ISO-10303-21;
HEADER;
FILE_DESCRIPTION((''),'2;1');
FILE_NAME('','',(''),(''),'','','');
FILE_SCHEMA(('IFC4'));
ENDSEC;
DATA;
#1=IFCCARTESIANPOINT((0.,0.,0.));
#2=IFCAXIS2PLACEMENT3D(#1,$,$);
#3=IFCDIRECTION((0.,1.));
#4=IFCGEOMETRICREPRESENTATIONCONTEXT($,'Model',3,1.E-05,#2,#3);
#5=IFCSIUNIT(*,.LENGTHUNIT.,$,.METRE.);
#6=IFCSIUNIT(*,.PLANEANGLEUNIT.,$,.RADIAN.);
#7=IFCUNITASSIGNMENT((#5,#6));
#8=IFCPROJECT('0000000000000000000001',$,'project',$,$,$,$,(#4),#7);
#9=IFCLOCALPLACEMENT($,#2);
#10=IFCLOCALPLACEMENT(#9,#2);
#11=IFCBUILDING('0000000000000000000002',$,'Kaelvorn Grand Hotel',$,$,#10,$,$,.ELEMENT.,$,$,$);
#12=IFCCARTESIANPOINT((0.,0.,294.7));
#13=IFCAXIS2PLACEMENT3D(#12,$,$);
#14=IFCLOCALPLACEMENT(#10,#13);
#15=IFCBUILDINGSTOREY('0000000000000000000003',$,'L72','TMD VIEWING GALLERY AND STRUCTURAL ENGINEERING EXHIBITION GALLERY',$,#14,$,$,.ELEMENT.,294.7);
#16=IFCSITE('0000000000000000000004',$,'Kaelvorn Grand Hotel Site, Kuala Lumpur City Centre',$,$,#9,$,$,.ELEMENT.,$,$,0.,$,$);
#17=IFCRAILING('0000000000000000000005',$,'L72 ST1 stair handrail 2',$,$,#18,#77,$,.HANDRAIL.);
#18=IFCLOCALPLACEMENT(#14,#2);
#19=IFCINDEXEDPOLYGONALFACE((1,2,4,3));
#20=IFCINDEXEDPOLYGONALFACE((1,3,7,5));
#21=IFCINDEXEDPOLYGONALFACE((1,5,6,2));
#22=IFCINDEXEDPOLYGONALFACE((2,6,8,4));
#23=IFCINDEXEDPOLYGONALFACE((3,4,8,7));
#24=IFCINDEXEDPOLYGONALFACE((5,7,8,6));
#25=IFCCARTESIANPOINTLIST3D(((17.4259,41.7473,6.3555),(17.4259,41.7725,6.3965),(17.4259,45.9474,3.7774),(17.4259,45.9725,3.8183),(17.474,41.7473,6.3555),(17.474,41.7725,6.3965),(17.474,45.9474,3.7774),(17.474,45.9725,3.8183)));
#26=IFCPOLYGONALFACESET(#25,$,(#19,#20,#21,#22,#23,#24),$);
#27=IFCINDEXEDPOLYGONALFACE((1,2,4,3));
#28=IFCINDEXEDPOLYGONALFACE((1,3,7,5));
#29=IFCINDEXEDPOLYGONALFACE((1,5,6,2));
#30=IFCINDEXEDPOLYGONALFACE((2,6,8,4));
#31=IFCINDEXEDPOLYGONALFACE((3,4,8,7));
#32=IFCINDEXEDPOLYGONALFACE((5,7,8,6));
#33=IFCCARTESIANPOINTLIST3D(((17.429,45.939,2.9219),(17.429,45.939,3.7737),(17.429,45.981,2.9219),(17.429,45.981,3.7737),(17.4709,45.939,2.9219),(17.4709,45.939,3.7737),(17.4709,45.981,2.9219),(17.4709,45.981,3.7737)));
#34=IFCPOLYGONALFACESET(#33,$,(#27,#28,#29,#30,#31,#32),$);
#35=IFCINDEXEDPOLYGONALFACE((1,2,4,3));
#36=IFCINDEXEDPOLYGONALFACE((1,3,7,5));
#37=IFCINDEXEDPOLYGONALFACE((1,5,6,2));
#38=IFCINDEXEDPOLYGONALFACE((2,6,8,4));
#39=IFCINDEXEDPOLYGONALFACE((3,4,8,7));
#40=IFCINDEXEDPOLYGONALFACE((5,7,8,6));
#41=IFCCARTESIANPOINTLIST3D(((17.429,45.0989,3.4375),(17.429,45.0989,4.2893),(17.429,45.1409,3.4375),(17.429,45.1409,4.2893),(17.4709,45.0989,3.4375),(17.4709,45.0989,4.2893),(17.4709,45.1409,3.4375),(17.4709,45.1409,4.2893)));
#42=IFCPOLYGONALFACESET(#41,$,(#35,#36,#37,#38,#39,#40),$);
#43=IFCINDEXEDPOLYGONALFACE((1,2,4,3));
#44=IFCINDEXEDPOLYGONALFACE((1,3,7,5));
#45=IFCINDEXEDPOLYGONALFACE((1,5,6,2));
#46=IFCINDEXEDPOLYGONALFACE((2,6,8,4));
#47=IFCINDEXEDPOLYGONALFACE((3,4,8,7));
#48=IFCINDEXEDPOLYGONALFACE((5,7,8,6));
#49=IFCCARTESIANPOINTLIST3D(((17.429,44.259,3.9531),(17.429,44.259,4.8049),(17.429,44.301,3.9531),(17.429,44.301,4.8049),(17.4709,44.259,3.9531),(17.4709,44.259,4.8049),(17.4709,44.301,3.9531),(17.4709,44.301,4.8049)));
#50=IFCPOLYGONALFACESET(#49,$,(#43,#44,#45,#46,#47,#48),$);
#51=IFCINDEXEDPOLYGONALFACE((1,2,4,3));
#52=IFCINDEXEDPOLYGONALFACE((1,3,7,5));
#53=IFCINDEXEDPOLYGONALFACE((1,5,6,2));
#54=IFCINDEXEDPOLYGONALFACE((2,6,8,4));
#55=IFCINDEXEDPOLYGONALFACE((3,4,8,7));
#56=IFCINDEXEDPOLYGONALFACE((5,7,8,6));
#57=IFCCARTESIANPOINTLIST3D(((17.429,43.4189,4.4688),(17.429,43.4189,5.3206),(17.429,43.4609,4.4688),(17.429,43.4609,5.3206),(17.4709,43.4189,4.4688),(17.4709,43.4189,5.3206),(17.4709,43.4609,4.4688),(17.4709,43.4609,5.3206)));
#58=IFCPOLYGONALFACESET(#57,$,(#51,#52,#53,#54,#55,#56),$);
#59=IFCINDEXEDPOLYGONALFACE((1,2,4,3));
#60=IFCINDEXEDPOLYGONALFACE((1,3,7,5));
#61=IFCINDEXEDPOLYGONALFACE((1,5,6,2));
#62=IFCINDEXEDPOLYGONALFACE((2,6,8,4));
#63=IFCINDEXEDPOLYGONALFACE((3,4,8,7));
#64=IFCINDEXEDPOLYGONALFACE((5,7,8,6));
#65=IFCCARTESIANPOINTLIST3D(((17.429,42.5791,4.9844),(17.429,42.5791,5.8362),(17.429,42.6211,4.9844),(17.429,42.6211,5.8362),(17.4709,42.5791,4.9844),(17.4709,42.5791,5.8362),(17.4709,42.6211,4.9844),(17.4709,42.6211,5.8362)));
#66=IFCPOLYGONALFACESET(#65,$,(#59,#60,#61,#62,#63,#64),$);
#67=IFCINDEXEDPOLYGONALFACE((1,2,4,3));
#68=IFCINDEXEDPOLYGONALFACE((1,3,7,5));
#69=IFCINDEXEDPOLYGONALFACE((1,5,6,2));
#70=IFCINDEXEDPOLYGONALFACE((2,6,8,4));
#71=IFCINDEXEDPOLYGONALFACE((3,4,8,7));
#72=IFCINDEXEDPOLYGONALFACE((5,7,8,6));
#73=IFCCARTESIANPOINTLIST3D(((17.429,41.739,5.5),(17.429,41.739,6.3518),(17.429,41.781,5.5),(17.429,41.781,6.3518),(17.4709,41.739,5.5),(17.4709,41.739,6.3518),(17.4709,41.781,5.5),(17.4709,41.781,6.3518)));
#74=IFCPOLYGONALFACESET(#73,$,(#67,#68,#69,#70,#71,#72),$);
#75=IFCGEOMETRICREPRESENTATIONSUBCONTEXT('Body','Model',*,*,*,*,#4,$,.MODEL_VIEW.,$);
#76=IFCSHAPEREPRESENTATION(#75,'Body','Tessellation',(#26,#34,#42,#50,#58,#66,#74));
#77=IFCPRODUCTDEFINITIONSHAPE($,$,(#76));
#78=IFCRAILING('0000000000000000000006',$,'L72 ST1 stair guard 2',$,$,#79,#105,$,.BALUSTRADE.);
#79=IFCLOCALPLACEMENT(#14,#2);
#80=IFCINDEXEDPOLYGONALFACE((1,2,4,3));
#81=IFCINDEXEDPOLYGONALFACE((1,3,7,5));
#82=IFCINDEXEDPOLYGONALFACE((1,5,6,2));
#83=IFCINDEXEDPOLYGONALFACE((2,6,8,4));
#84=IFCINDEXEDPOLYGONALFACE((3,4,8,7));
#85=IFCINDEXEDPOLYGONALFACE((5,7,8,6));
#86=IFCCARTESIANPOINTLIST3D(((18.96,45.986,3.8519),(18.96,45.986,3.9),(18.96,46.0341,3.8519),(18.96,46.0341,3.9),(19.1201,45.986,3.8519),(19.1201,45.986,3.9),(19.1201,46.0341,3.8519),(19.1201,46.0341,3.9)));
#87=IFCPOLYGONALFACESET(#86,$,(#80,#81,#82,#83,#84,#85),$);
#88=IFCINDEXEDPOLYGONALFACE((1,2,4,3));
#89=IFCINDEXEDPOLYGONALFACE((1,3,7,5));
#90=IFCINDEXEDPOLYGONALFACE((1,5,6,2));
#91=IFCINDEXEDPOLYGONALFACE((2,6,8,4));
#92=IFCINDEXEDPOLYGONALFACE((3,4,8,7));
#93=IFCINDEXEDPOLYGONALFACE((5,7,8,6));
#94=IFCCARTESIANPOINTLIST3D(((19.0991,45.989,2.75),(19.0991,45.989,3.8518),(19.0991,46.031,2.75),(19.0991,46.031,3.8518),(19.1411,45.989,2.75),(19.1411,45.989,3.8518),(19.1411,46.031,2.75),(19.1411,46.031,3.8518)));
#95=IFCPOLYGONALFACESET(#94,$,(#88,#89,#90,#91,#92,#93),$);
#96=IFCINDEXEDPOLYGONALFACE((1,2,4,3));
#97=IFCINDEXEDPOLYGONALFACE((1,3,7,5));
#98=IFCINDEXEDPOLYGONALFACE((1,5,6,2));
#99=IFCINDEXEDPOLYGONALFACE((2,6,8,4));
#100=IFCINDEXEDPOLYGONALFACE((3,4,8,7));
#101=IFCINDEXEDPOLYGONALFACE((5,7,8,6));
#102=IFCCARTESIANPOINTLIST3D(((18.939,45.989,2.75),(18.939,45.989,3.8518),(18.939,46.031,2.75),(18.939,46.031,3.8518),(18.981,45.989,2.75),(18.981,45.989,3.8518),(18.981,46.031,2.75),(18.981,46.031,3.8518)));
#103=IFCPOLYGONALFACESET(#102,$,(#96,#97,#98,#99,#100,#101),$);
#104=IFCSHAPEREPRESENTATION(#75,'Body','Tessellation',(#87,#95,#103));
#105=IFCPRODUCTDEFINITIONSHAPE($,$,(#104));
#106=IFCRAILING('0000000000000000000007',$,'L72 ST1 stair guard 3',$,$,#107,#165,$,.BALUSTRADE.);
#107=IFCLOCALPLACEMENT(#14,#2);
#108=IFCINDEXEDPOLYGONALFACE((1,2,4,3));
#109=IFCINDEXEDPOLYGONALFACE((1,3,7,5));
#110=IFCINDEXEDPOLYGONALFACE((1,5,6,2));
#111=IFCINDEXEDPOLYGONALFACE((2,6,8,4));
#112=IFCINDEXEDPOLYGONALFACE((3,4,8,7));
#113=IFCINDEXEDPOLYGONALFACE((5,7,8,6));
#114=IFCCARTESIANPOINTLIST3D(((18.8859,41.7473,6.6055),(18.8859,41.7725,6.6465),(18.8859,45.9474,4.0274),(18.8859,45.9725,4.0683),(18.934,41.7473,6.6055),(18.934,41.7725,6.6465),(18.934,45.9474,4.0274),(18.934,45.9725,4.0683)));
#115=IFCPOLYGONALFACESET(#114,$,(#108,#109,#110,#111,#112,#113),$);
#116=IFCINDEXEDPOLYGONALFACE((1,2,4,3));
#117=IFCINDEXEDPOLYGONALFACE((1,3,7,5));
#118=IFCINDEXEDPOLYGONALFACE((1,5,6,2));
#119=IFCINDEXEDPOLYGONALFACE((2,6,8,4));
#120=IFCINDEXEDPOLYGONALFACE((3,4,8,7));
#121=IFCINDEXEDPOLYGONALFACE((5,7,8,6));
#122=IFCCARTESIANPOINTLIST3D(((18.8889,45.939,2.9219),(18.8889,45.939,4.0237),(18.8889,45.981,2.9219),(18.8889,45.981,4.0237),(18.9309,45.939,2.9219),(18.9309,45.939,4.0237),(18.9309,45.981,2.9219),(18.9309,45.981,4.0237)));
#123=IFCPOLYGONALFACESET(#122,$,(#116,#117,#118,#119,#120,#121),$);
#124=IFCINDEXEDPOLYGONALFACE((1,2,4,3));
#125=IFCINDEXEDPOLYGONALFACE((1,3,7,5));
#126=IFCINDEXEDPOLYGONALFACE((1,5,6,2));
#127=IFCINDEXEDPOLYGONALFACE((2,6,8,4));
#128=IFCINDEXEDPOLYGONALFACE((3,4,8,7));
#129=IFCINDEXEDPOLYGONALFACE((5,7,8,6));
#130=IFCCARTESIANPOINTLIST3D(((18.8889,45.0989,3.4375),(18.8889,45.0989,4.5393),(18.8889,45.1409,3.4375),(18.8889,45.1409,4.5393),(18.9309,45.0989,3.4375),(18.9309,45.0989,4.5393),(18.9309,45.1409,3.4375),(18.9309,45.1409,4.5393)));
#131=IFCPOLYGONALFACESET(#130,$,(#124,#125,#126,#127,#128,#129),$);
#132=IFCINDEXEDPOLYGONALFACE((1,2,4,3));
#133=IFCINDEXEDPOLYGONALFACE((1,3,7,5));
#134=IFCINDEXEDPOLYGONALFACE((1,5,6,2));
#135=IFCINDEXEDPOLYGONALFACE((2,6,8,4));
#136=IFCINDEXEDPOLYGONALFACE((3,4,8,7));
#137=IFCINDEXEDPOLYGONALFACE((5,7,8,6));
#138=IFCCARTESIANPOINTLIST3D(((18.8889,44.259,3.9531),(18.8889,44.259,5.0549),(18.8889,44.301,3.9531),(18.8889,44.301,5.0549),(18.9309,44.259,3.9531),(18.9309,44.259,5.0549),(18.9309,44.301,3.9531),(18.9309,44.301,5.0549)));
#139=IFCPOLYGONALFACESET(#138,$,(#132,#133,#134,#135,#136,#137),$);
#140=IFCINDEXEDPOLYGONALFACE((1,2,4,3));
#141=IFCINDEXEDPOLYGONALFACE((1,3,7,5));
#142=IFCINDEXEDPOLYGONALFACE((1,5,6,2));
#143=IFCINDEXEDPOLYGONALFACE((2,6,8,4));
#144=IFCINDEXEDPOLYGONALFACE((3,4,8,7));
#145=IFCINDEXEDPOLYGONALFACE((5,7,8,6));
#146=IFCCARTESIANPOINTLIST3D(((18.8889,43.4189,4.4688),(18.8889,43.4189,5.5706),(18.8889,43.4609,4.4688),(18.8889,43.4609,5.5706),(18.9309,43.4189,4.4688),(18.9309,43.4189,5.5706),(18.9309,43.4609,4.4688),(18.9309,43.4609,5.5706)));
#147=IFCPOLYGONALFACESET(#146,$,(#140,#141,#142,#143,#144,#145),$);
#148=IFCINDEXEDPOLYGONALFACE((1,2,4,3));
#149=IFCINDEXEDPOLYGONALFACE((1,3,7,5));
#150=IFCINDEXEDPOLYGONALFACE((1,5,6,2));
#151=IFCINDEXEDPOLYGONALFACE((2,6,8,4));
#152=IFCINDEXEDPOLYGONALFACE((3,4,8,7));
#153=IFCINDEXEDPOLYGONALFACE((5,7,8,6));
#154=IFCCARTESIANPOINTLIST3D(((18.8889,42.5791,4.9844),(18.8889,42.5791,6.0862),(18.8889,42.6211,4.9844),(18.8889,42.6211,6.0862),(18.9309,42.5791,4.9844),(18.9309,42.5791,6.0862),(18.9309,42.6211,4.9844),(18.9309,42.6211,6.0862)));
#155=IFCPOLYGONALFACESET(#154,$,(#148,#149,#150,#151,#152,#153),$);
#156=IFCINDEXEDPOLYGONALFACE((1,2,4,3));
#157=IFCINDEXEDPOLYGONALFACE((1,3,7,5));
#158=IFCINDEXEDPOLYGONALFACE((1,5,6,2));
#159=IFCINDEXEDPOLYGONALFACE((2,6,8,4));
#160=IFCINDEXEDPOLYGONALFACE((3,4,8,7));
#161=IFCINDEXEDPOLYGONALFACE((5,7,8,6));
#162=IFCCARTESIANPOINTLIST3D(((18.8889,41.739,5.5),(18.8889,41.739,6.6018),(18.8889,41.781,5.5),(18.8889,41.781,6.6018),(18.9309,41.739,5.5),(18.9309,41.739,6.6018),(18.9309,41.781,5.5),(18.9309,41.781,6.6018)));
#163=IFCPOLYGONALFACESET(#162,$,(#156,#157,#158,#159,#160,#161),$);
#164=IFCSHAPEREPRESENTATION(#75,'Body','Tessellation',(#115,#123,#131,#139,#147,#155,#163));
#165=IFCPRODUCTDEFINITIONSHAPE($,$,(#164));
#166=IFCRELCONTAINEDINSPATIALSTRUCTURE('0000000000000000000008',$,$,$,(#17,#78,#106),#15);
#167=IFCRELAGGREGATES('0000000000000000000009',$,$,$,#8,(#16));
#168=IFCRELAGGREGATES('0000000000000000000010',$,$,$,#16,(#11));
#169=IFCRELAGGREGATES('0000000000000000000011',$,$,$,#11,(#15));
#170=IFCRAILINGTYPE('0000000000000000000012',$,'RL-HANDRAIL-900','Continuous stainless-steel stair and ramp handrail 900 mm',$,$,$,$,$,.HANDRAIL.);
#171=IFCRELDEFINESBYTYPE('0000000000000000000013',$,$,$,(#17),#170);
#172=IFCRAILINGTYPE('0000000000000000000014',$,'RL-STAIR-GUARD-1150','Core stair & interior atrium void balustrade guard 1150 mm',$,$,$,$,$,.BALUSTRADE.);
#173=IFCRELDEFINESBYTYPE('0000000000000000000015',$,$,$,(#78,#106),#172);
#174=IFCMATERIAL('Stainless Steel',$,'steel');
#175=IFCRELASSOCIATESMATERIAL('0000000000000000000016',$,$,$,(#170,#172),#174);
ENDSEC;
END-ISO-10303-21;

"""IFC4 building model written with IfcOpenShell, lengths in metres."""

from ifc_helpers import new_model, si_unit, direction, frame, origin, origin_2d, place, context, subcontext, project, spatial, rectangle, extrude, material, type_object, element, save


model = new_model("IFC4")

# Units and contexts
model_context = context("Model", 3, precision=1e-05, world=origin(), true_north=direction((0.0, 1.0)))
body_context = subcontext(model_context, "Body", "Model", "MODEL_VIEW")
ifc_project = project(units=[si_unit("LENGTHUNIT", "METRE"), si_unit("PLANEANGLEUNIT", "RADIAN")], contexts=[model_context])

# Site, building, storey
site_placement = place(None, origin())
site = spatial("IfcSite", under=ifc_project, at=site_placement, Name="Kaelvorn Grand Hotel Site, Kuala Lumpur City Centre", CompositionType="ELEMENT", RefElevation=0.0)
building_placement = place(site_placement, origin())
building = spatial("IfcBuilding", under=site, at=building_placement, Name="Kaelvorn Grand Hotel", CompositionType="ELEMENT")
storey_placement = place(building_placement, frame((0.0, 0.0, 294.7)))
storey = spatial("IfcBuildingStorey", under=building, at=storey_placement, Name="L72", Description="TMD VIEWING GALLERY AND STRUCTURAL ENGINEERING EXHIBITION GALLERY", CompositionType="ELEMENT", Elevation=294.7)

# Railings
ifc_material_1 = material(Name="Stainless Steel", Category="steel")
railing_type_1 = type_object("IfcRailingType", Name="RL-HANDRAIL-900", Description="Continuous stainless-steel stair and ramp handrail 900 mm", PredefinedType="HANDRAIL", material=ifc_material_1)
railing_1_placement = place(storey_placement, frame((17.45, 45.96, 2.9219)))
element("IfcRailing", 1, at=railing_1_placement, inside=storey, type_object=railing_type_1, Name="L72 ST1 stair handrail 2", PredefinedType="HANDRAIL", context=body_context, shape_type="SweptSolid", body=[
    extrude(rectangle(XDim=0.0481, YDim=0.0481, at=origin_2d()), frame((0.0, 0.0, 0.876), z_axis=(0.0, -0.852243, 0.523146), x_axis=(1.0, 0.0, 0.0)), (0.0, 0.0, 1.0), 4.9282),
    extrude(rectangle(XDim=0.042, YDim=0.042, at=origin_2d()), origin(), (0.0, 0.0, 1.0), 0.8518),
    extrude(rectangle(XDim=0.042, YDim=0.042, at=origin_2d()), frame((0.0, -0.8401, 0.5156)), (0.0, 0.0, 1.0), 0.8518),
    extrude(rectangle(XDim=0.042, YDim=0.042, at=origin_2d()), frame((0.0, -1.6799, 1.0312)), (0.0, 0.0, 1.0), 0.8518),
    extrude(rectangle(XDim=0.042, YDim=0.042, at=origin_2d()), frame((0.0, -2.52, 1.5469)), (0.0, 0.0, 1.0), 0.8518),
    extrude(rectangle(XDim=0.042, YDim=0.042, at=origin_2d()), frame((0.0, -3.3599, 2.0625)), (0.0, 0.0, 1.0), 0.8518),
    extrude(rectangle(XDim=0.042, YDim=0.042, at=origin_2d()), frame((0.0, -4.2, 2.5781)), (0.0, 0.0, 1.0), 0.8518),
])
railing_type_2 = type_object("IfcRailingType", Name="RL-STAIR-GUARD-1150", Description="Core stair & interior atrium void balustrade guard 1150 mm", PredefinedType="BALUSTRADE", material=ifc_material_1)
railing_2_placement = place(storey_placement, frame((19.1201, 46.01, 2.75)))
element("IfcRailing", 2, at=railing_2_placement, inside=storey, type_object=railing_type_2, Name="L72 ST1 stair guard 2", PredefinedType="BALUSTRADE", context=body_context, shape_type="SweptSolid", body=[
    extrude(rectangle(XDim=0.0481, YDim=0.0481, at=origin_2d()), frame((0.0, 0.0, 1.126), z_axis=(-1.0, 0.0, 0.0), x_axis=(0.0, -1.0, 0.0)), (0.0, 0.0, 1.0), 0.1602),
    extrude(rectangle(XDim=0.042, YDim=0.042, at=origin_2d()), origin(), (0.0, 0.0, 1.0), 1.1018),
    extrude(rectangle(XDim=0.042, YDim=0.042, at=origin_2d()), frame((-0.1602, 0.0, 0.0)), (0.0, 0.0, 1.0), 1.1018),
])
railing_3_placement = place(storey_placement, frame((18.9099, 45.96, 2.9219)))
element("IfcRailing", 3, at=railing_3_placement, inside=storey, type_object=railing_type_2, Name="L72 ST1 stair guard 3", PredefinedType="BALUSTRADE", context=body_context, shape_type="SweptSolid", body=[
    extrude(rectangle(XDim=0.0481, YDim=0.0481, at=origin_2d()), frame((0.0, 0.0, 1.126), z_axis=(0.0, -0.852243, 0.523146), x_axis=(1.0, 0.0, 0.0)), (0.0, 0.0, 1.0), 4.9282),
    extrude(rectangle(XDim=0.042, YDim=0.042, at=origin_2d()), origin(), (0.0, 0.0, 1.0), 1.1018),
    extrude(rectangle(XDim=0.042, YDim=0.042, at=origin_2d()), frame((0.0, -0.8401, 0.5156)), (0.0, 0.0, 1.0), 1.1018),
    extrude(rectangle(XDim=0.042, YDim=0.042, at=origin_2d()), frame((0.0, -1.6799, 1.0312)), (0.0, 0.0, 1.0), 1.1018),
    extrude(rectangle(XDim=0.042, YDim=0.042, at=origin_2d()), frame((0.0, -2.52, 1.5469)), (0.0, 0.0, 1.0), 1.1018),
    extrude(rectangle(XDim=0.042, YDim=0.042, at=origin_2d()), frame((0.0, -3.3599, 2.0625)), (0.0, 0.0, 1.0), 1.1018),
    extrude(rectangle(XDim=0.042, YDim=0.042, at=origin_2d()), frame((0.0, -4.2, 2.5781)), (0.0, 0.0, 1.0), 1.1018),
])

save(model, "model.ifc")
